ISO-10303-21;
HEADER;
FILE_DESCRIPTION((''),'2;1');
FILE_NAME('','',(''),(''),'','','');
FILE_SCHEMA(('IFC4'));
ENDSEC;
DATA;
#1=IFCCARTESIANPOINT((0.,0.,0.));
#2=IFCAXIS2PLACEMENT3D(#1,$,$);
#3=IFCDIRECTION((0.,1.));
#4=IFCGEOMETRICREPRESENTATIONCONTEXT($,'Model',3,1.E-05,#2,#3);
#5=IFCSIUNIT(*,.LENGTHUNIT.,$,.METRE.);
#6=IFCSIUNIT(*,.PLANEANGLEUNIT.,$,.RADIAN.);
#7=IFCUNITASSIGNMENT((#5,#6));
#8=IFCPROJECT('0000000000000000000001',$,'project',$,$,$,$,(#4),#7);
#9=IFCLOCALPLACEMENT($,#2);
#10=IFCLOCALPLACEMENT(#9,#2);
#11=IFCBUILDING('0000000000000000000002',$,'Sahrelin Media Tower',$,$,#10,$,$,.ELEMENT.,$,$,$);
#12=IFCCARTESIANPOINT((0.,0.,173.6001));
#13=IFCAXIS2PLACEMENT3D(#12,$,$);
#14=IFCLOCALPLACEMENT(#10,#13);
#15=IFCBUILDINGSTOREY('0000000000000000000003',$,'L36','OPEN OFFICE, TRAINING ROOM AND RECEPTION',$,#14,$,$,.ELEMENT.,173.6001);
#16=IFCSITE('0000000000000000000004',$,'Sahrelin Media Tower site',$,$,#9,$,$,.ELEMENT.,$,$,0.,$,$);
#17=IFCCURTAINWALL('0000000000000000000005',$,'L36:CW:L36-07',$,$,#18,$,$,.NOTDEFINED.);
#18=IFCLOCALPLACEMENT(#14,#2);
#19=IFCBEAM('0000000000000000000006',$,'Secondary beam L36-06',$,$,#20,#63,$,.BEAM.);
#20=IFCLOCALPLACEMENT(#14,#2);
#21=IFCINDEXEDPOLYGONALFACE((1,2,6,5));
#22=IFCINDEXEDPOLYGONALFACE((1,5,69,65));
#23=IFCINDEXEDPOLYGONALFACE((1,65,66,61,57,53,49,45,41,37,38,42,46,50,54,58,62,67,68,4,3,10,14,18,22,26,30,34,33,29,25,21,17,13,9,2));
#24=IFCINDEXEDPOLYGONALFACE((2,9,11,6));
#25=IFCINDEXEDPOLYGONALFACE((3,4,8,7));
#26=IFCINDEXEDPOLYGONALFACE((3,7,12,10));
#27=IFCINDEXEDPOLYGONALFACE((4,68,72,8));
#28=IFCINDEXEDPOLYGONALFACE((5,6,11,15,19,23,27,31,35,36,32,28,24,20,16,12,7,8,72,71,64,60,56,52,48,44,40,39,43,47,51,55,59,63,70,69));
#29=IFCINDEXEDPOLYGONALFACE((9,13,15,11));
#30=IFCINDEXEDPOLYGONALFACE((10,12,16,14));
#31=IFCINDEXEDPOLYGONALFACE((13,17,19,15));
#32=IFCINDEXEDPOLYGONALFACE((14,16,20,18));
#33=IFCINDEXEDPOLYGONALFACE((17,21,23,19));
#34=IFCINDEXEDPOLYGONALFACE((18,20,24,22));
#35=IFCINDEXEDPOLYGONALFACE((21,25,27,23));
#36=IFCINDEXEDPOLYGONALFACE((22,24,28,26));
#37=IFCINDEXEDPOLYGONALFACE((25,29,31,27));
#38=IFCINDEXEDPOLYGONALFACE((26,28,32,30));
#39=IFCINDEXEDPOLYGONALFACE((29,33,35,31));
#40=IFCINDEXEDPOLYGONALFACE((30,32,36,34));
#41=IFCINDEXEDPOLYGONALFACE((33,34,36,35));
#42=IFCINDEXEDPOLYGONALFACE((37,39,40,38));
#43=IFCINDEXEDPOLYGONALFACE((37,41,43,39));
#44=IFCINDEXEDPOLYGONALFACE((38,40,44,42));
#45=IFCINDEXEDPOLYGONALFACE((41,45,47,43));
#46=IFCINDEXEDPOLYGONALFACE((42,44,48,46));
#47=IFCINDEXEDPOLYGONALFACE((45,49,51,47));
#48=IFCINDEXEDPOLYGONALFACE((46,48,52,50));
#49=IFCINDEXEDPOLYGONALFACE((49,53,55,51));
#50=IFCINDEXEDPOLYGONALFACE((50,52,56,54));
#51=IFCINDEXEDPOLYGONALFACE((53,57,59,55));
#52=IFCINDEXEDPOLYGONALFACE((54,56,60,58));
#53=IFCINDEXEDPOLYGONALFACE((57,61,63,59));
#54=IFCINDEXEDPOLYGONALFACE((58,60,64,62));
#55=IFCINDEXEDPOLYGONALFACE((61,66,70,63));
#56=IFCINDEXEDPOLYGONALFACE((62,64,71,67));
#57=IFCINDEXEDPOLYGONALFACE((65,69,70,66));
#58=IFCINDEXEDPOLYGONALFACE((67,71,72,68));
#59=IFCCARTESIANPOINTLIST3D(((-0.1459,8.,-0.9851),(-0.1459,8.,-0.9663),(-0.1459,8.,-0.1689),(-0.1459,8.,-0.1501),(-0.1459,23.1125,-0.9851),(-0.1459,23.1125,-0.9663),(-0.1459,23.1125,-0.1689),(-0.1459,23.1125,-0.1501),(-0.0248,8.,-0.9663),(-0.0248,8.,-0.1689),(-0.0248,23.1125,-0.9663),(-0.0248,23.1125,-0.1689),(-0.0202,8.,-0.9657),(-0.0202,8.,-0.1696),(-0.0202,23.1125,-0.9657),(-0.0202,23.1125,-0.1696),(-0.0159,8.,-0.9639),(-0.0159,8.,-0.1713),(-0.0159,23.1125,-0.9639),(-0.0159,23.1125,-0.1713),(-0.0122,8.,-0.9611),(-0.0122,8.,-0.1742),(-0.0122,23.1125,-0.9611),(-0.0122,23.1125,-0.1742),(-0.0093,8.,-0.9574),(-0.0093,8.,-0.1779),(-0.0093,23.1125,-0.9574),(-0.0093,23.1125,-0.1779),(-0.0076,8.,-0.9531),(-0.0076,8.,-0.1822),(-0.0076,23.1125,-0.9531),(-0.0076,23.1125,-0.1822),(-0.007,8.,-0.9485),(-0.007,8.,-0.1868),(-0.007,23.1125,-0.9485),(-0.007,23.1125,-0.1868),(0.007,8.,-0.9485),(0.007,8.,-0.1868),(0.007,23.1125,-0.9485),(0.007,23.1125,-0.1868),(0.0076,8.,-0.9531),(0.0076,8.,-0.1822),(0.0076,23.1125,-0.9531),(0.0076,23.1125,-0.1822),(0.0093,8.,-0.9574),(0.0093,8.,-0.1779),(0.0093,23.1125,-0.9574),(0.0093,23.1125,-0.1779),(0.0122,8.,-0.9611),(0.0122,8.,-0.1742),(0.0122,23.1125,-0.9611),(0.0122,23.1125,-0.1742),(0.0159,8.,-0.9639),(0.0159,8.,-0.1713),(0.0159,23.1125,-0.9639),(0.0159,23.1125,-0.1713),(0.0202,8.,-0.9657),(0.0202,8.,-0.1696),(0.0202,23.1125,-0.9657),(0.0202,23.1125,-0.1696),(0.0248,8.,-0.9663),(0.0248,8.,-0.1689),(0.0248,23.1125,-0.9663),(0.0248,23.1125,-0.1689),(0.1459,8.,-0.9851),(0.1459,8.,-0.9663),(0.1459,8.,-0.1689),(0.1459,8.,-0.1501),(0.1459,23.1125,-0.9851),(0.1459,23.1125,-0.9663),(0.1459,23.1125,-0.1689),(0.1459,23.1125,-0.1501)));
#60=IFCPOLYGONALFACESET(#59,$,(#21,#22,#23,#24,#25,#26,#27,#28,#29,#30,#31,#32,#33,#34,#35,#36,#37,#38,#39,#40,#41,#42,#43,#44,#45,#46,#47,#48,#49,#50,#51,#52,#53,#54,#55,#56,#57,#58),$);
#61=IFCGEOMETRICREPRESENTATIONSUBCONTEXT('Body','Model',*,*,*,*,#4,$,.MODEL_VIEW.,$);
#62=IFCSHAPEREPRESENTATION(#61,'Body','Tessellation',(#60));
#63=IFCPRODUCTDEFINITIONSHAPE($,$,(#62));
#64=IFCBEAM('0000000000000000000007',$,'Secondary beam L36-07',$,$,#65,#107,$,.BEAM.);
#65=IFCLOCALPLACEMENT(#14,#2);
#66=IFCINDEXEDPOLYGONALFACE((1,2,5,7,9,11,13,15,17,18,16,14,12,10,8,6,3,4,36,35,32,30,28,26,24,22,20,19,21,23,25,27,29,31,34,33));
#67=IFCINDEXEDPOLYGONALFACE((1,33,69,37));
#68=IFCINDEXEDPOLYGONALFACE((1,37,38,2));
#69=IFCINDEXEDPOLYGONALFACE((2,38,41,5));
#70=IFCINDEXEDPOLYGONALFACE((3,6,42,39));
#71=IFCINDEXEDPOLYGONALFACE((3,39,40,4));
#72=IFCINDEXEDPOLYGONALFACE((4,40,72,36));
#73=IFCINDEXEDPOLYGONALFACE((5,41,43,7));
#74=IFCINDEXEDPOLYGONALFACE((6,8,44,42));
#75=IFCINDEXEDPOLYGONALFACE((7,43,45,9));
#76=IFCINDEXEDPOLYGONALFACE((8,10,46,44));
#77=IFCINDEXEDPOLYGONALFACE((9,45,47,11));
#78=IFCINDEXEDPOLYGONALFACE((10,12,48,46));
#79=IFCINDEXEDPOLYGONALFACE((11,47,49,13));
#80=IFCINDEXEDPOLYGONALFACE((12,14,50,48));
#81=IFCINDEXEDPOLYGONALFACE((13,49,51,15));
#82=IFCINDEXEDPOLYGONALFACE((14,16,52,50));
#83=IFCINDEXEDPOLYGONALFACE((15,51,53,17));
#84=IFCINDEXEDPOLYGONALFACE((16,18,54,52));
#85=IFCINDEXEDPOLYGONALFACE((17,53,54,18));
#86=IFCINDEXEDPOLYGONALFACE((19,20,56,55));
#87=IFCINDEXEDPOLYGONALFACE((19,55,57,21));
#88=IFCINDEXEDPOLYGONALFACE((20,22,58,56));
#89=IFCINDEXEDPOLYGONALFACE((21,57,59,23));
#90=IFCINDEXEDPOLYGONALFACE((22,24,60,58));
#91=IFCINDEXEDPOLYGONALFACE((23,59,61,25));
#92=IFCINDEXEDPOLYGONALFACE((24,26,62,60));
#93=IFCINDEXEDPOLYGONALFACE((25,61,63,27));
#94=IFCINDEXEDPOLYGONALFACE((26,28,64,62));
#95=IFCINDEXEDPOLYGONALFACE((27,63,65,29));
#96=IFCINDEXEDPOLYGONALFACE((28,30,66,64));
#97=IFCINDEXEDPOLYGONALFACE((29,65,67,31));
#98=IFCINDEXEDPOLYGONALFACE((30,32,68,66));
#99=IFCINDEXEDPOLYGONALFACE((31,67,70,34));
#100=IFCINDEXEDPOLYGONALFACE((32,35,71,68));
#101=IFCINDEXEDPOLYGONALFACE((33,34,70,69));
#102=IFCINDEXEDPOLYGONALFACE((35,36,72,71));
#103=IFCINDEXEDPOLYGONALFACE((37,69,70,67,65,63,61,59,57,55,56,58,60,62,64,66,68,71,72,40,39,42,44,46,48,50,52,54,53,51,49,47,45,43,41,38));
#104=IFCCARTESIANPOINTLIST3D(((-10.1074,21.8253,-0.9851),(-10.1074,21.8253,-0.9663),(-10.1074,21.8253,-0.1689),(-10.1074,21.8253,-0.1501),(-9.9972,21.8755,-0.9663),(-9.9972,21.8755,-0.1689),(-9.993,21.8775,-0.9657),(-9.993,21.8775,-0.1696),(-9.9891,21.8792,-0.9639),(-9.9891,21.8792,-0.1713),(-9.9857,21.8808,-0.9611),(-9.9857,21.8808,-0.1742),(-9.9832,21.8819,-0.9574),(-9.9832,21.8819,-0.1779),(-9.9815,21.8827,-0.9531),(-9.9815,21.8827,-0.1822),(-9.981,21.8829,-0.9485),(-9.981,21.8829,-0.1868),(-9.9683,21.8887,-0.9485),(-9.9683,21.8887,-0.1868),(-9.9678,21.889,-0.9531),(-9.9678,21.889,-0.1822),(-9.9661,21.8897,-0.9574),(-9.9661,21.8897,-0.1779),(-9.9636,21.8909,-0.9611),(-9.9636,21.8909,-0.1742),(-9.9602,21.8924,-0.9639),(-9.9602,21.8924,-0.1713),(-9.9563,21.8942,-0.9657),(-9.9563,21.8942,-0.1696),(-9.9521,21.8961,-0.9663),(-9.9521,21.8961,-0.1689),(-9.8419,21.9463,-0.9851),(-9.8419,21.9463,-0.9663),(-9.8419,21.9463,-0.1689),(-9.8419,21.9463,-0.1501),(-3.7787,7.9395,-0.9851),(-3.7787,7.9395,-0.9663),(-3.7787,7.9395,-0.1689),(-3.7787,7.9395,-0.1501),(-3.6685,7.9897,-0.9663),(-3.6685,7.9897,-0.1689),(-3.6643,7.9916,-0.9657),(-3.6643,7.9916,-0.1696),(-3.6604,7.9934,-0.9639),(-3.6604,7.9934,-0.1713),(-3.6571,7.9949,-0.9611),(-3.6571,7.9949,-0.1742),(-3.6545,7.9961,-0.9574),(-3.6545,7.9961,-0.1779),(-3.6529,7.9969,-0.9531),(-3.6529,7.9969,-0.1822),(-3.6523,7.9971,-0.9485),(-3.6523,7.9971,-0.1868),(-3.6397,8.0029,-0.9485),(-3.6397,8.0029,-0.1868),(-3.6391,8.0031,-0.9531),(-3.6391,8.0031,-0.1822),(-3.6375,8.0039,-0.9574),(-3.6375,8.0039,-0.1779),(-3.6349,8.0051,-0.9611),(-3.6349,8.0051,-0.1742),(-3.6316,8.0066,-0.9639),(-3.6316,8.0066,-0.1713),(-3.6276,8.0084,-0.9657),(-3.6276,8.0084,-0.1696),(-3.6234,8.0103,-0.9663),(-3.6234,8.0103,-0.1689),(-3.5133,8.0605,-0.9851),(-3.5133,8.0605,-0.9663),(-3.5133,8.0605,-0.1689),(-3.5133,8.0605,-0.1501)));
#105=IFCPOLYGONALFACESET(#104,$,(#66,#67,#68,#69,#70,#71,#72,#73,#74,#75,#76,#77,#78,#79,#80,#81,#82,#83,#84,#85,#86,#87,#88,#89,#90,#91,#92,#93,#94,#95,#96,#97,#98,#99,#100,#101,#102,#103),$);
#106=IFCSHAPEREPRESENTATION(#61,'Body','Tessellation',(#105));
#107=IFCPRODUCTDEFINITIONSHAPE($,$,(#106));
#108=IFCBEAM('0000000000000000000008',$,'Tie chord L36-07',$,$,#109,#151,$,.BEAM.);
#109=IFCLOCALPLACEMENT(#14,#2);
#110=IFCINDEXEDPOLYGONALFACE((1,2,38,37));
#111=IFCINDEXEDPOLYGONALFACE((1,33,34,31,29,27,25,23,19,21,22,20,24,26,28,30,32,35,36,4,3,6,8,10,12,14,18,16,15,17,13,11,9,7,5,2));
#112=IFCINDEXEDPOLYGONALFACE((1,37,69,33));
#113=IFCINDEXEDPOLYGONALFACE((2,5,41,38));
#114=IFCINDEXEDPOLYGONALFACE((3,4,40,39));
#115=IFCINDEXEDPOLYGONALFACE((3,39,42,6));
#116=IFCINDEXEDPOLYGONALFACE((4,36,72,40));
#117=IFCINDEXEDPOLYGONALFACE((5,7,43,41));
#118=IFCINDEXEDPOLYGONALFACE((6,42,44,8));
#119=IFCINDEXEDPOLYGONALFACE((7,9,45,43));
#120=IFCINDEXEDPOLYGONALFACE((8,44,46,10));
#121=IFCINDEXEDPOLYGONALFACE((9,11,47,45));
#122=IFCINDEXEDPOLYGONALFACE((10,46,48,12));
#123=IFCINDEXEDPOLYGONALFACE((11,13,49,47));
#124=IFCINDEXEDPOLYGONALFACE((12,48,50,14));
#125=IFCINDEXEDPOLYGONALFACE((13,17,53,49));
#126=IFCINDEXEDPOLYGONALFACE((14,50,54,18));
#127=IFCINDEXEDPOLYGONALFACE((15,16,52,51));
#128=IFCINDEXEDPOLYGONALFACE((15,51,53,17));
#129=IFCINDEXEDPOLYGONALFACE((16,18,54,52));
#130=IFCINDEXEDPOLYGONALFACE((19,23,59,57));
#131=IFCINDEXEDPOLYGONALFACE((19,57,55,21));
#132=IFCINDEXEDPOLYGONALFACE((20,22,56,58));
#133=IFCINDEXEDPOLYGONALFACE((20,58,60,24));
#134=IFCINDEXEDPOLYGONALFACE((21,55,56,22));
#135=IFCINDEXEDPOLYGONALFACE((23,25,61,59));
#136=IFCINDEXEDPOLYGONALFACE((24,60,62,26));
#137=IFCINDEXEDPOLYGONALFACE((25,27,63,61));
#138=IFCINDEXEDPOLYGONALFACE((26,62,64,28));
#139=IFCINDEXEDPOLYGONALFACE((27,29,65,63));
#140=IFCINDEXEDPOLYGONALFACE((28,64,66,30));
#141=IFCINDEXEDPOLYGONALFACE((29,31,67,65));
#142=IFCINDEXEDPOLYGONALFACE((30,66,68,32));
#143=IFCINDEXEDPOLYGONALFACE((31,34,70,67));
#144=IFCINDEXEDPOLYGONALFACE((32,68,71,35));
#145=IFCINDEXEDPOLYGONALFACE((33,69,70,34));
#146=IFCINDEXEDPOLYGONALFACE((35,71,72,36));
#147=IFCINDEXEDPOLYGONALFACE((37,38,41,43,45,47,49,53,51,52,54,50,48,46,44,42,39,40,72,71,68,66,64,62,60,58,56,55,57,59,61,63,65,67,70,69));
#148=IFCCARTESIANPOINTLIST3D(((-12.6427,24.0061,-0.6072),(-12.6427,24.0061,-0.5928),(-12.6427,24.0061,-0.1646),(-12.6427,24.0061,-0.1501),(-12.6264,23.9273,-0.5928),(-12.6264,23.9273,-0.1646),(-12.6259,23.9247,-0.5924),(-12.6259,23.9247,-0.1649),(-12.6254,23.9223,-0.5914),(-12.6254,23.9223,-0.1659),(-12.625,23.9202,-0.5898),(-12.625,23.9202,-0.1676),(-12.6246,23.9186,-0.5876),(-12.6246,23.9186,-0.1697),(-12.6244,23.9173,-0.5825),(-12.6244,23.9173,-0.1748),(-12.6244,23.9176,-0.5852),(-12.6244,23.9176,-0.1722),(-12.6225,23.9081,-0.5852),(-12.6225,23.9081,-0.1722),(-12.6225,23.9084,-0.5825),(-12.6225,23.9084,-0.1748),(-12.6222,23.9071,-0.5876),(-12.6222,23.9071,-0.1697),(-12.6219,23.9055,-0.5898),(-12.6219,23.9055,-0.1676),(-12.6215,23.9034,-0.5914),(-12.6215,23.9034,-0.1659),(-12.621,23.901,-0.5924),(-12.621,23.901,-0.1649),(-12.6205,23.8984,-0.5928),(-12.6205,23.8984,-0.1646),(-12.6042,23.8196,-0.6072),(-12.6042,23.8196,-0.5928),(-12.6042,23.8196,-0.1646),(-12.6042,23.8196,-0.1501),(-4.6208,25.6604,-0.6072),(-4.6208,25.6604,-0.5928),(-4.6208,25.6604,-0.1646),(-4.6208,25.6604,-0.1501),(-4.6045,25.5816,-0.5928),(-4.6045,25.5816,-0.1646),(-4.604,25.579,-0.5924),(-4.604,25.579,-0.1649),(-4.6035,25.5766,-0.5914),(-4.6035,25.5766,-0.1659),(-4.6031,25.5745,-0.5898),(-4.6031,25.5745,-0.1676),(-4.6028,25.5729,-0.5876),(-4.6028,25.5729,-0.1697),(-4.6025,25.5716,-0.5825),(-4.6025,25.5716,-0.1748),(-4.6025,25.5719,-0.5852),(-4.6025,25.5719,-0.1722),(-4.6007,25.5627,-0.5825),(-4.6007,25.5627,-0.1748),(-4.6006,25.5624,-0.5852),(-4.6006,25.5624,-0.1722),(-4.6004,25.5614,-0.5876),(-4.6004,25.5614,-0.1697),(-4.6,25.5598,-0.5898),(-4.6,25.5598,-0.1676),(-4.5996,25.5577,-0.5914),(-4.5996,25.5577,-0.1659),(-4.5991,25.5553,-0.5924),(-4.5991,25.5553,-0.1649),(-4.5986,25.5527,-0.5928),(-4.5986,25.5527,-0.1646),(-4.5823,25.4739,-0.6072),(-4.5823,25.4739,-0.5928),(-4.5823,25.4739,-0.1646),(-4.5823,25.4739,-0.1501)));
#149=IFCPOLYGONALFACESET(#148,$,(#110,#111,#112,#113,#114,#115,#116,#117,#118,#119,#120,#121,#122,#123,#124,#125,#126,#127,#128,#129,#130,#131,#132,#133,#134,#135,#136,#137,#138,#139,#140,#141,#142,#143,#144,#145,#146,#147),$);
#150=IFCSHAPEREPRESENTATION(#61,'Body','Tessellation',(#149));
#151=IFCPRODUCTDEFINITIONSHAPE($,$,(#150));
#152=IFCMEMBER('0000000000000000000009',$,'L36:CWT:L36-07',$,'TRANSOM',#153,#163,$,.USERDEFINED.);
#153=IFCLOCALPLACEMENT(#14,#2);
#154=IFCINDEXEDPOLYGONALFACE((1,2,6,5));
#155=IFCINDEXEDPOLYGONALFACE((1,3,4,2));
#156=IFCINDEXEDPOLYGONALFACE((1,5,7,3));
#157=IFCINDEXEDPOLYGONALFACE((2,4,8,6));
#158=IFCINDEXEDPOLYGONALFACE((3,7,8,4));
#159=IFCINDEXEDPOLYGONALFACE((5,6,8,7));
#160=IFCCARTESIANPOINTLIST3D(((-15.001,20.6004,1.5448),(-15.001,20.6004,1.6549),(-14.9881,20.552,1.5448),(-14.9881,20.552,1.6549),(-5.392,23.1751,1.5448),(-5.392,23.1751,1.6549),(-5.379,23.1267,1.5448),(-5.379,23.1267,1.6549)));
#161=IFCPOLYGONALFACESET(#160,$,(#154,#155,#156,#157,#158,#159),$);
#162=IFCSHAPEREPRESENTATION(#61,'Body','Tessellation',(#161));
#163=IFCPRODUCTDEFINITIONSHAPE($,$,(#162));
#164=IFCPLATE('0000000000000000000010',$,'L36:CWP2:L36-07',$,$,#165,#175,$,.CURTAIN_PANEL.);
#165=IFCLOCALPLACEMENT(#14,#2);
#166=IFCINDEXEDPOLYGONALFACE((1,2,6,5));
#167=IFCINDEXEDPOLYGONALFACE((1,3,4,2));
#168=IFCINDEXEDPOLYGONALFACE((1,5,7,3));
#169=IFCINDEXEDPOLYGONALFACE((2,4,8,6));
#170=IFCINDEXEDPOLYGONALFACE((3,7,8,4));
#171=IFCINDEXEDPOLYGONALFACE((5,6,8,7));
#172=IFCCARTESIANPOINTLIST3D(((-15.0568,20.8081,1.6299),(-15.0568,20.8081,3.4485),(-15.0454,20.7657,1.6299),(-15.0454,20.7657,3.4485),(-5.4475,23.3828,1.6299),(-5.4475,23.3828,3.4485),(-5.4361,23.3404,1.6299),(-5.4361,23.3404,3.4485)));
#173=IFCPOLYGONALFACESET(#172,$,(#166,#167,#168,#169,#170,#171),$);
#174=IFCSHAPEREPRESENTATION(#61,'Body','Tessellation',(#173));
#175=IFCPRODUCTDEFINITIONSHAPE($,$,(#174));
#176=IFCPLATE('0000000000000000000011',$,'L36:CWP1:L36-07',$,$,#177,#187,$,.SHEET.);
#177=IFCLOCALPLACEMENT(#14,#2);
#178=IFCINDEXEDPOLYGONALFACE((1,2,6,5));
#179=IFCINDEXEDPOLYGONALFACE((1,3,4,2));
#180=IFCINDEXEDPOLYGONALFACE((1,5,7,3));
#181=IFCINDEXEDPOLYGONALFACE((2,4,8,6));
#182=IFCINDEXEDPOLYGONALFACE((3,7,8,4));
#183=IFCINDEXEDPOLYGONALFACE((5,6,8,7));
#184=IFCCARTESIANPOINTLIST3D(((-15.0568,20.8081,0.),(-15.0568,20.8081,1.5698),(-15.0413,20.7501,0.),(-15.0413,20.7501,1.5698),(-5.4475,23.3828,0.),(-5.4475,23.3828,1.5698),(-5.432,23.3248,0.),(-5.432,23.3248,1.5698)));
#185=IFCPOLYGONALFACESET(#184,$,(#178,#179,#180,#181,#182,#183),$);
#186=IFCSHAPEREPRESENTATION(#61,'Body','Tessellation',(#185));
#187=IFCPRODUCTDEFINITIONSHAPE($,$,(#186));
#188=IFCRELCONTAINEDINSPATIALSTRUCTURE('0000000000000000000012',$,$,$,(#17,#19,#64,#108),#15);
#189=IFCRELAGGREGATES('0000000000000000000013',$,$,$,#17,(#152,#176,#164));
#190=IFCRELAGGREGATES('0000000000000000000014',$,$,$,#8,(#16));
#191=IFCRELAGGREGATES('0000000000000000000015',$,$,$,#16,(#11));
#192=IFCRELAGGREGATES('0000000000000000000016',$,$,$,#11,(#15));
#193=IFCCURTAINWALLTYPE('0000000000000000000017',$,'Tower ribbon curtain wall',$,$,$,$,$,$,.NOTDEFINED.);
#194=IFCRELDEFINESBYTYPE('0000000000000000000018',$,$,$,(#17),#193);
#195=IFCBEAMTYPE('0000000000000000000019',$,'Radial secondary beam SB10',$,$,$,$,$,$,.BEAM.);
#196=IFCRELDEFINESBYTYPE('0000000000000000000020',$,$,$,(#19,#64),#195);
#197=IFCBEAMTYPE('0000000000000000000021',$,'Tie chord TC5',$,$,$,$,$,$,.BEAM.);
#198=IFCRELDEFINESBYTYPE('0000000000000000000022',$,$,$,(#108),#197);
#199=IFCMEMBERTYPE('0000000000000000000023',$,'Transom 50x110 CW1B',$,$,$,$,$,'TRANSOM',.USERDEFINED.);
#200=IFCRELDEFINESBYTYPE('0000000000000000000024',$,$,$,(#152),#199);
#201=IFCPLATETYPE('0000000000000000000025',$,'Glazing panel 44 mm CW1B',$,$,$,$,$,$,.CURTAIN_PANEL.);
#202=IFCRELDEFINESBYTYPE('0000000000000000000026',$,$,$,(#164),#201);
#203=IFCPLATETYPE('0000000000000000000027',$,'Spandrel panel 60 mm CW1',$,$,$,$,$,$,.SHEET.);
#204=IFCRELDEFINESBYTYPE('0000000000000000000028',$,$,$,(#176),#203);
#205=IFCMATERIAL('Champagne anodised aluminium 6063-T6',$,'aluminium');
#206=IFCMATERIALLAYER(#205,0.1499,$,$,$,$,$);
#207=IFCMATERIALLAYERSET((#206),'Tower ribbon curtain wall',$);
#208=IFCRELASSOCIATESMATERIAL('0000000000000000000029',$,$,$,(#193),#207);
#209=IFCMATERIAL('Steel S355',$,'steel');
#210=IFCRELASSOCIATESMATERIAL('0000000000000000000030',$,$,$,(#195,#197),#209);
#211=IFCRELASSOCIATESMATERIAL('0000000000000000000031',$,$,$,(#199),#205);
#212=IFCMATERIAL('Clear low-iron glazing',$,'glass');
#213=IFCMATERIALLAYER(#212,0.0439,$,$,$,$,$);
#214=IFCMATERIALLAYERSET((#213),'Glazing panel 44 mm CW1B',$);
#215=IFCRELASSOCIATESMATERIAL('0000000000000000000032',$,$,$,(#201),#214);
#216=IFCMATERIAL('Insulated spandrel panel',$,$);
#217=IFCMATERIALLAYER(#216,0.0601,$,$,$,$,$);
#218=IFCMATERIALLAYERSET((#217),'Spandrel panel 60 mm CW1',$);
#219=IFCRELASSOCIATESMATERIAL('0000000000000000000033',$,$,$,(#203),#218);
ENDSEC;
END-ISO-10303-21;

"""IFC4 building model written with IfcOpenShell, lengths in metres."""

from ifc_helpers import new_model, si_unit, direction, frame, origin, origin_2d, place, context, subcontext, project, spatial, polyline, rectangle, i_section, outline, extrude, material, layer, layer_set, material_profile, profile_set, type_object, element, aggregate, save


model = new_model("IFC4")

# Units and contexts
model_context = context("Model", 3, precision=1e-05, world=origin(), true_north=direction((0.0, 1.0)))
body_context = subcontext(model_context, "Body", "Model", "MODEL_VIEW")
ifc_project = project(units=[si_unit("LENGTHUNIT", "METRE"), si_unit("PLANEANGLEUNIT", "RADIAN")], contexts=[model_context])

# Site, building, storey
site_placement = place(None, origin())
site = spatial("IfcSite", under=ifc_project, at=site_placement, Name="Sahrelin Media Tower site", CompositionType="ELEMENT", RefElevation=0.0)
building_placement = place(site_placement, origin())
building = spatial("IfcBuilding", under=site, at=building_placement, Name="Sahrelin Media Tower", CompositionType="ELEMENT")
storey_placement = place(building_placement, frame((0.0, 0.0, 173.6001)))
storey = spatial("IfcBuildingStorey", under=building, at=storey_placement, Name="L36", Description="OPEN OFFICE, TRAINING ROOM AND RECEPTION", CompositionType="ELEMENT", Elevation=173.6001)

# Shared definitions
ifc_material_1 = material(Name="Steel S355", Category="steel")

# Curtain wall
ifc_material_2 = material(Name="Champagne anodised aluminium 6063-T6", Category="aluminium")
ifc_layer_1 = layer(ifc_material_2, 0.1499)
ifc_layer_set_1 = layer_set([ifc_layer_1], Name="Tower ribbon curtain wall")
curtain_wall_type = type_object("IfcCurtainWallType", Name="Tower ribbon curtain wall", PredefinedType="NOTDEFINED", material=ifc_layer_set_1)
curtain_wall_1_placement = place(storey_placement, frame((-10.2468, 22.0759, 0.0), z_axis=(0.0, 0.0, 1.0), x_axis=(1.0, 0.0, 0.0)))
curtain_wall_1 = element("IfcCurtainWall", 1, at=curtain_wall_1_placement, inside=storey, type_object=curtain_wall_type, Name="L36:CW:L36-07", PredefinedType="NOTDEFINED")

# Beams
ifc_material_profile_1 = material_profile(ifc_material_1, i_section(OverallWidth=0.2917, OverallDepth=0.835, WebThickness=0.0139, FlangeThickness=0.0188, FilletRadius=0.0178, at=origin_2d()), Name="UB 838x292x176")
ifc_profile_set_1 = profile_set([ifc_material_profile_1], Name="Steel S355")
beam_type_1 = type_object("IfcBeamType", Name="Radial secondary beam SB10", PredefinedType="BEAM", material=ifc_profile_set_1)
beam_1_placement = place(storey_placement, frame((0.0, 8.0, -0.5676), z_axis=(0.0, 1.0, 0.0), x_axis=(-1.0, 0.0, 0.0)))
element("IfcBeam", 2, at=beam_1_placement, inside=storey, type_object=beam_type_1, Name="Secondary beam L36-06", PredefinedType="BEAM", context=body_context, shape_type="SweptSolid", body=[
    extrude(i_section(OverallWidth=0.2917, OverallDepth=0.835, WebThickness=0.0139, FlangeThickness=0.0188, FilletRadius=0.0178, at=origin_2d()), origin(), (0.0, 0.0, 1.0), 15.1125),
])
beam_2_placement = place(storey_placement, frame((-3.646, 8.0, -0.5676), z_axis=(-0.414721, 0.909949, 0.0), x_axis=(-0.909949, -0.414721, 0.0)))
element("IfcBeam", 3, at=beam_2_placement, inside=storey, type_object=beam_type_1, Name="Secondary beam L36-07", PredefinedType="BEAM", context=body_context, shape_type="SweptSolid", body=[
    extrude(i_section(OverallWidth=0.2917, OverallDepth=0.835, WebThickness=0.0139, FlangeThickness=0.0188, FilletRadius=0.0178, at=origin_2d()), origin(), (0.0, 0.0, 1.0), 15.26),
])
ifc_material_profile_2 = material_profile(ifc_material_1, i_section(OverallWidth=0.1904, OverallDepth=0.457, WebThickness=0.009, FlangeThickness=0.0144, FilletRadius=0.0103, at=origin_2d()), Name="UB 457x191x74")
ifc_profile_set_2 = profile_set([ifc_material_profile_2], Name="Steel S355")
beam_type_2 = type_object("IfcBeamType", Name="Tie chord TC5", PredefinedType="BEAM", material=ifc_profile_set_2)
beam_3_placement = place(storey_placement, frame((-4.6016, 25.5671, -0.3787), z_axis=(-0.979392, -0.201971, 0.0), x_axis=(0.201971, -0.979392, 0.0)))
element("IfcBeam", 4, at=beam_3_placement, inside=storey, type_object=beam_type_2, Name="Tie chord L36-07", PredefinedType="BEAM", context=body_context, shape_type="SweptSolid", body=[
    extrude(i_section(OverallWidth=0.1904, OverallDepth=0.457, WebThickness=0.009, FlangeThickness=0.0144, FilletRadius=0.0103, at=origin_2d()), origin(), (0.0, 0.0, 1.0), 8.1907),
])

# Member
ifc_material_profile_3 = material_profile(ifc_material_2, rectangle(XDim=0.05, YDim=0.1101, at=origin_2d()), Name="Transom 50x110")
ifc_profile_set_3 = profile_set([ifc_material_profile_3], Name="Champagne anodised aluminium 6063-T6")
member_type_1 = type_object("IfcMemberType", Name="Transom 50x110 CW1B", ElementType="TRANSOM", PredefinedType="USERDEFINED", material=ifc_profile_set_3)
member_1_placement = place(storey_placement, frame((-5.3855, 23.1509, 1.5999), z_axis=(-0.965927, -0.258814, 0.0), x_axis=(0.258814, -0.965927, 0.0)))
member_1 = element("IfcMember", 5, at=member_1_placement, type_object=member_type_1, Name="L36:CWT:L36-07", ObjectType="TRANSOM", PredefinedType="USERDEFINED", context=body_context, shape_type="SweptSolid", body=[
    extrude(rectangle(XDim=0.05, YDim=0.1101, at=origin_2d()), origin(), (0.0, 0.0, 1.0), 9.948),
])

# Plates
ifc_material_3 = material(Name="Clear low-iron glazing", Category="glass")
ifc_layer_2 = layer(ifc_material_3, 0.0439)
ifc_layer_set_2 = layer_set([ifc_layer_2], Name="Glazing panel 44 mm CW1B")
plate_type_1 = type_object("IfcPlateType", Name="Glazing panel 44 mm CW1B", PredefinedType="CURTAIN_PANEL", material=ifc_layer_set_2)
plate_1_placement = place(storey_placement, frame((-5.4475, 23.3828, 1.6299), z_axis=(-0.258808, 0.965929, 0.0), x_axis=(-0.965929, -0.258808, 0.0)))
plate_1 = element("IfcPlate", 6, at=plate_1_placement, type_object=plate_type_1, Name="L36:CWP2:L36-07", PredefinedType="CURTAIN_PANEL", context=body_context, shape_type="SweptSolid", body=[
    extrude(outline(polyline([(0.0, 0.0), (9.9482, 0.0), (9.9482, 1.8186), (0.0, 1.8186), (0.0, 0.0)])), origin(), (0.0, 0.0, -1.0), 0.0439),
])
ifc_material_4 = material(Name="Insulated spandrel panel")
ifc_layer_3 = layer(ifc_material_4, 0.0601)
ifc_layer_set_3 = layer_set([ifc_layer_3], Name="Spandrel panel 60 mm CW1")
plate_type_2 = type_object("IfcPlateType", Name="Spandrel panel 60 mm CW1", PredefinedType="SHEET", material=ifc_layer_set_3)
plate_2_placement = place(storey_placement, frame((-5.4475, 23.3828, 0.0), z_axis=(-0.258808, 0.965929, 0.0), x_axis=(-0.965929, -0.258808, 0.0)))
plate_2 = element("IfcPlate", 7, at=plate_2_placement, type_object=plate_type_2, Name="L36:CWP1:L36-07", PredefinedType="SHEET", context=body_context, shape_type="SweptSolid", body=[
    extrude(outline(polyline([(0.0, 0.0), (9.9482, 0.0), (9.9482, 1.5698), (0.0, 1.5698), (0.0, 0.0)])), origin(), (0.0, 0.0, -1.0), 0.0601),
])
aggregate(curtain_wall_1, [member_1, plate_2, plate_1])

save(model, "model.ifc")
